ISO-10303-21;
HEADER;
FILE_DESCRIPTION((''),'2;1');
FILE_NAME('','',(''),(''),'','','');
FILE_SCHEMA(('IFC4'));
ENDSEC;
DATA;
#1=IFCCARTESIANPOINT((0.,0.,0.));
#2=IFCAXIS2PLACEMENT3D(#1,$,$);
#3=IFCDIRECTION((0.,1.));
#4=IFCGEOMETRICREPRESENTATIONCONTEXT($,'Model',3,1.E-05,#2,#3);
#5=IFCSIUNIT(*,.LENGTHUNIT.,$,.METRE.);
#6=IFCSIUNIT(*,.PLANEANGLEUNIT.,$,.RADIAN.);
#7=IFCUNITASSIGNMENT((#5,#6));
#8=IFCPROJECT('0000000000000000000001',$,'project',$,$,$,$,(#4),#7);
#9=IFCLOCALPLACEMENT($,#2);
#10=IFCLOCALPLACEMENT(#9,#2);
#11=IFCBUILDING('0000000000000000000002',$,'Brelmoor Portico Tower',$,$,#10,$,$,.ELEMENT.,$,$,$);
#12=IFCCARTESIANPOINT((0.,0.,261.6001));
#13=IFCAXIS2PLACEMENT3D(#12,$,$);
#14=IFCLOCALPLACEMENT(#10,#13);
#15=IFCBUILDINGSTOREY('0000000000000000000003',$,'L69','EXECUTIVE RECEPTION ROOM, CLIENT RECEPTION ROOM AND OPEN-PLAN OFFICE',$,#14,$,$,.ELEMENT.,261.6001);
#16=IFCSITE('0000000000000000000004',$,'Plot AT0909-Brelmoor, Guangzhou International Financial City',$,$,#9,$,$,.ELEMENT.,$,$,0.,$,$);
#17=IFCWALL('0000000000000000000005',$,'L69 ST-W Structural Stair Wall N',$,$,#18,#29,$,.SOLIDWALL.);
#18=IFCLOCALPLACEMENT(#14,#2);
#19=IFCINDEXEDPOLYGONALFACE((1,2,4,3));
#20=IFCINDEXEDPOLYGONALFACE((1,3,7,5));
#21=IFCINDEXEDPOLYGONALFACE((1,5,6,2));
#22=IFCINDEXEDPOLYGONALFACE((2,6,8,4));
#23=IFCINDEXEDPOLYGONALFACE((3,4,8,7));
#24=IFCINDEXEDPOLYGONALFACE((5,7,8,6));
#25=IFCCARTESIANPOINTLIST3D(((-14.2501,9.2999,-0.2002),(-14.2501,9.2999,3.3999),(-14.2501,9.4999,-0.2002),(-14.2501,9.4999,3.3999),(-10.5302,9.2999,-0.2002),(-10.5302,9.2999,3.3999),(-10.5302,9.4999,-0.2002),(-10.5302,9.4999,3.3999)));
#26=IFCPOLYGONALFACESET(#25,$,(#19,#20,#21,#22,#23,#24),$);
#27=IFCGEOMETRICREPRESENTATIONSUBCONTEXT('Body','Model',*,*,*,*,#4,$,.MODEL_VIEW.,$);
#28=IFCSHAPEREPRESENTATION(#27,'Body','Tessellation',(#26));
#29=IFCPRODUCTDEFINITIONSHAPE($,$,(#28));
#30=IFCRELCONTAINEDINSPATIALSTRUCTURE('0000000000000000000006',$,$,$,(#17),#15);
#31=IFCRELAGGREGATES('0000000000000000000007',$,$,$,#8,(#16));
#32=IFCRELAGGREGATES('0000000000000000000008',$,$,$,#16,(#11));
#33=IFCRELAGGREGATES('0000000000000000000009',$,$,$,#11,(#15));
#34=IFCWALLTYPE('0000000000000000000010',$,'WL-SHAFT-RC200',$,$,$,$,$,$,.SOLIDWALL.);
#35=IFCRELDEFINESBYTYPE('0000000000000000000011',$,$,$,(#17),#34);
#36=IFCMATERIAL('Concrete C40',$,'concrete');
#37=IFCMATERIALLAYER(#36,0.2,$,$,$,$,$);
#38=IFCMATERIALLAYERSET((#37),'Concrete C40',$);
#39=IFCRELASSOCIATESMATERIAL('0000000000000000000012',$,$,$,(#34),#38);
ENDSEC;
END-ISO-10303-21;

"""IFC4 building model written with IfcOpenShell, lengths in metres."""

from ifc_helpers import new_model, si_unit, direction, frame, frame_2d, origin, place, context, subcontext, project, spatial, rectangle, extrude, material, layer, layer_set, type_object, element, save


model = new_model("IFC4")

# Units and contexts
model_context = context("Model", 3, precision=1e-05, world=origin(), true_north=direction((0.0, 1.0)))
body_context = subcontext(model_context, "Body", "Model", "MODEL_VIEW")
ifc_project = project(units=[si_unit("LENGTHUNIT", "METRE"), si_unit("PLANEANGLEUNIT", "RADIAN")], contexts=[model_context])

# Site, building, storey
site_placement = place(None, origin())
site = spatial("IfcSite", under=ifc_project, at=site_placement, Name="Plot AT0909-Brelmoor, Guangzhou International Financial City", CompositionType="ELEMENT", RefElevation=0.0)
building_placement = place(site_placement, origin())
building = spatial("IfcBuilding", under=site, at=building_placement, Name="Brelmoor Portico Tower", CompositionType="ELEMENT")
storey_placement = place(building_placement, frame((0.0, 0.0, 261.6001)))
storey = spatial("IfcBuildingStorey", under=building, at=storey_placement, Name="L69", Description="EXECUTIVE RECEPTION ROOM, CLIENT RECEPTION ROOM AND OPEN-PLAN OFFICE", CompositionType="ELEMENT", Elevation=261.6001)

# Shared definitions
ifc_material_1 = material(Name="Concrete C40", Category="concrete")
ifc_layer_1 = layer(ifc_material_1, 0.2)
ifc_layer_set_1 = layer_set([ifc_layer_1], Name="Concrete C40")
wall_type_1 = type_object("IfcWallType", Name="WL-SHAFT-RC200", PredefinedType="SOLIDWALL", material=ifc_layer_set_1)

# Wall
wall_1_placement = place(storey_placement, frame((-14.25, 9.3999, -0.2002), z_axis=(0.0, 0.0, 1.0), x_axis=(1.0, 0.0, 0.0)))
element("IfcWall", 1, at=wall_1_placement, inside=storey, type_object=wall_type_1, Name="L69 ST-W Structural Stair Wall N", PredefinedType="SOLIDWALL", context=body_context, shape_type="SweptSolid", body=[
    extrude(rectangle(XDim=3.72, YDim=0.2, at=frame_2d((1.8599, 0.0))), origin(), (0.0, 0.0, 1.0), 3.6001),
])

save(model, "model.ifc")
